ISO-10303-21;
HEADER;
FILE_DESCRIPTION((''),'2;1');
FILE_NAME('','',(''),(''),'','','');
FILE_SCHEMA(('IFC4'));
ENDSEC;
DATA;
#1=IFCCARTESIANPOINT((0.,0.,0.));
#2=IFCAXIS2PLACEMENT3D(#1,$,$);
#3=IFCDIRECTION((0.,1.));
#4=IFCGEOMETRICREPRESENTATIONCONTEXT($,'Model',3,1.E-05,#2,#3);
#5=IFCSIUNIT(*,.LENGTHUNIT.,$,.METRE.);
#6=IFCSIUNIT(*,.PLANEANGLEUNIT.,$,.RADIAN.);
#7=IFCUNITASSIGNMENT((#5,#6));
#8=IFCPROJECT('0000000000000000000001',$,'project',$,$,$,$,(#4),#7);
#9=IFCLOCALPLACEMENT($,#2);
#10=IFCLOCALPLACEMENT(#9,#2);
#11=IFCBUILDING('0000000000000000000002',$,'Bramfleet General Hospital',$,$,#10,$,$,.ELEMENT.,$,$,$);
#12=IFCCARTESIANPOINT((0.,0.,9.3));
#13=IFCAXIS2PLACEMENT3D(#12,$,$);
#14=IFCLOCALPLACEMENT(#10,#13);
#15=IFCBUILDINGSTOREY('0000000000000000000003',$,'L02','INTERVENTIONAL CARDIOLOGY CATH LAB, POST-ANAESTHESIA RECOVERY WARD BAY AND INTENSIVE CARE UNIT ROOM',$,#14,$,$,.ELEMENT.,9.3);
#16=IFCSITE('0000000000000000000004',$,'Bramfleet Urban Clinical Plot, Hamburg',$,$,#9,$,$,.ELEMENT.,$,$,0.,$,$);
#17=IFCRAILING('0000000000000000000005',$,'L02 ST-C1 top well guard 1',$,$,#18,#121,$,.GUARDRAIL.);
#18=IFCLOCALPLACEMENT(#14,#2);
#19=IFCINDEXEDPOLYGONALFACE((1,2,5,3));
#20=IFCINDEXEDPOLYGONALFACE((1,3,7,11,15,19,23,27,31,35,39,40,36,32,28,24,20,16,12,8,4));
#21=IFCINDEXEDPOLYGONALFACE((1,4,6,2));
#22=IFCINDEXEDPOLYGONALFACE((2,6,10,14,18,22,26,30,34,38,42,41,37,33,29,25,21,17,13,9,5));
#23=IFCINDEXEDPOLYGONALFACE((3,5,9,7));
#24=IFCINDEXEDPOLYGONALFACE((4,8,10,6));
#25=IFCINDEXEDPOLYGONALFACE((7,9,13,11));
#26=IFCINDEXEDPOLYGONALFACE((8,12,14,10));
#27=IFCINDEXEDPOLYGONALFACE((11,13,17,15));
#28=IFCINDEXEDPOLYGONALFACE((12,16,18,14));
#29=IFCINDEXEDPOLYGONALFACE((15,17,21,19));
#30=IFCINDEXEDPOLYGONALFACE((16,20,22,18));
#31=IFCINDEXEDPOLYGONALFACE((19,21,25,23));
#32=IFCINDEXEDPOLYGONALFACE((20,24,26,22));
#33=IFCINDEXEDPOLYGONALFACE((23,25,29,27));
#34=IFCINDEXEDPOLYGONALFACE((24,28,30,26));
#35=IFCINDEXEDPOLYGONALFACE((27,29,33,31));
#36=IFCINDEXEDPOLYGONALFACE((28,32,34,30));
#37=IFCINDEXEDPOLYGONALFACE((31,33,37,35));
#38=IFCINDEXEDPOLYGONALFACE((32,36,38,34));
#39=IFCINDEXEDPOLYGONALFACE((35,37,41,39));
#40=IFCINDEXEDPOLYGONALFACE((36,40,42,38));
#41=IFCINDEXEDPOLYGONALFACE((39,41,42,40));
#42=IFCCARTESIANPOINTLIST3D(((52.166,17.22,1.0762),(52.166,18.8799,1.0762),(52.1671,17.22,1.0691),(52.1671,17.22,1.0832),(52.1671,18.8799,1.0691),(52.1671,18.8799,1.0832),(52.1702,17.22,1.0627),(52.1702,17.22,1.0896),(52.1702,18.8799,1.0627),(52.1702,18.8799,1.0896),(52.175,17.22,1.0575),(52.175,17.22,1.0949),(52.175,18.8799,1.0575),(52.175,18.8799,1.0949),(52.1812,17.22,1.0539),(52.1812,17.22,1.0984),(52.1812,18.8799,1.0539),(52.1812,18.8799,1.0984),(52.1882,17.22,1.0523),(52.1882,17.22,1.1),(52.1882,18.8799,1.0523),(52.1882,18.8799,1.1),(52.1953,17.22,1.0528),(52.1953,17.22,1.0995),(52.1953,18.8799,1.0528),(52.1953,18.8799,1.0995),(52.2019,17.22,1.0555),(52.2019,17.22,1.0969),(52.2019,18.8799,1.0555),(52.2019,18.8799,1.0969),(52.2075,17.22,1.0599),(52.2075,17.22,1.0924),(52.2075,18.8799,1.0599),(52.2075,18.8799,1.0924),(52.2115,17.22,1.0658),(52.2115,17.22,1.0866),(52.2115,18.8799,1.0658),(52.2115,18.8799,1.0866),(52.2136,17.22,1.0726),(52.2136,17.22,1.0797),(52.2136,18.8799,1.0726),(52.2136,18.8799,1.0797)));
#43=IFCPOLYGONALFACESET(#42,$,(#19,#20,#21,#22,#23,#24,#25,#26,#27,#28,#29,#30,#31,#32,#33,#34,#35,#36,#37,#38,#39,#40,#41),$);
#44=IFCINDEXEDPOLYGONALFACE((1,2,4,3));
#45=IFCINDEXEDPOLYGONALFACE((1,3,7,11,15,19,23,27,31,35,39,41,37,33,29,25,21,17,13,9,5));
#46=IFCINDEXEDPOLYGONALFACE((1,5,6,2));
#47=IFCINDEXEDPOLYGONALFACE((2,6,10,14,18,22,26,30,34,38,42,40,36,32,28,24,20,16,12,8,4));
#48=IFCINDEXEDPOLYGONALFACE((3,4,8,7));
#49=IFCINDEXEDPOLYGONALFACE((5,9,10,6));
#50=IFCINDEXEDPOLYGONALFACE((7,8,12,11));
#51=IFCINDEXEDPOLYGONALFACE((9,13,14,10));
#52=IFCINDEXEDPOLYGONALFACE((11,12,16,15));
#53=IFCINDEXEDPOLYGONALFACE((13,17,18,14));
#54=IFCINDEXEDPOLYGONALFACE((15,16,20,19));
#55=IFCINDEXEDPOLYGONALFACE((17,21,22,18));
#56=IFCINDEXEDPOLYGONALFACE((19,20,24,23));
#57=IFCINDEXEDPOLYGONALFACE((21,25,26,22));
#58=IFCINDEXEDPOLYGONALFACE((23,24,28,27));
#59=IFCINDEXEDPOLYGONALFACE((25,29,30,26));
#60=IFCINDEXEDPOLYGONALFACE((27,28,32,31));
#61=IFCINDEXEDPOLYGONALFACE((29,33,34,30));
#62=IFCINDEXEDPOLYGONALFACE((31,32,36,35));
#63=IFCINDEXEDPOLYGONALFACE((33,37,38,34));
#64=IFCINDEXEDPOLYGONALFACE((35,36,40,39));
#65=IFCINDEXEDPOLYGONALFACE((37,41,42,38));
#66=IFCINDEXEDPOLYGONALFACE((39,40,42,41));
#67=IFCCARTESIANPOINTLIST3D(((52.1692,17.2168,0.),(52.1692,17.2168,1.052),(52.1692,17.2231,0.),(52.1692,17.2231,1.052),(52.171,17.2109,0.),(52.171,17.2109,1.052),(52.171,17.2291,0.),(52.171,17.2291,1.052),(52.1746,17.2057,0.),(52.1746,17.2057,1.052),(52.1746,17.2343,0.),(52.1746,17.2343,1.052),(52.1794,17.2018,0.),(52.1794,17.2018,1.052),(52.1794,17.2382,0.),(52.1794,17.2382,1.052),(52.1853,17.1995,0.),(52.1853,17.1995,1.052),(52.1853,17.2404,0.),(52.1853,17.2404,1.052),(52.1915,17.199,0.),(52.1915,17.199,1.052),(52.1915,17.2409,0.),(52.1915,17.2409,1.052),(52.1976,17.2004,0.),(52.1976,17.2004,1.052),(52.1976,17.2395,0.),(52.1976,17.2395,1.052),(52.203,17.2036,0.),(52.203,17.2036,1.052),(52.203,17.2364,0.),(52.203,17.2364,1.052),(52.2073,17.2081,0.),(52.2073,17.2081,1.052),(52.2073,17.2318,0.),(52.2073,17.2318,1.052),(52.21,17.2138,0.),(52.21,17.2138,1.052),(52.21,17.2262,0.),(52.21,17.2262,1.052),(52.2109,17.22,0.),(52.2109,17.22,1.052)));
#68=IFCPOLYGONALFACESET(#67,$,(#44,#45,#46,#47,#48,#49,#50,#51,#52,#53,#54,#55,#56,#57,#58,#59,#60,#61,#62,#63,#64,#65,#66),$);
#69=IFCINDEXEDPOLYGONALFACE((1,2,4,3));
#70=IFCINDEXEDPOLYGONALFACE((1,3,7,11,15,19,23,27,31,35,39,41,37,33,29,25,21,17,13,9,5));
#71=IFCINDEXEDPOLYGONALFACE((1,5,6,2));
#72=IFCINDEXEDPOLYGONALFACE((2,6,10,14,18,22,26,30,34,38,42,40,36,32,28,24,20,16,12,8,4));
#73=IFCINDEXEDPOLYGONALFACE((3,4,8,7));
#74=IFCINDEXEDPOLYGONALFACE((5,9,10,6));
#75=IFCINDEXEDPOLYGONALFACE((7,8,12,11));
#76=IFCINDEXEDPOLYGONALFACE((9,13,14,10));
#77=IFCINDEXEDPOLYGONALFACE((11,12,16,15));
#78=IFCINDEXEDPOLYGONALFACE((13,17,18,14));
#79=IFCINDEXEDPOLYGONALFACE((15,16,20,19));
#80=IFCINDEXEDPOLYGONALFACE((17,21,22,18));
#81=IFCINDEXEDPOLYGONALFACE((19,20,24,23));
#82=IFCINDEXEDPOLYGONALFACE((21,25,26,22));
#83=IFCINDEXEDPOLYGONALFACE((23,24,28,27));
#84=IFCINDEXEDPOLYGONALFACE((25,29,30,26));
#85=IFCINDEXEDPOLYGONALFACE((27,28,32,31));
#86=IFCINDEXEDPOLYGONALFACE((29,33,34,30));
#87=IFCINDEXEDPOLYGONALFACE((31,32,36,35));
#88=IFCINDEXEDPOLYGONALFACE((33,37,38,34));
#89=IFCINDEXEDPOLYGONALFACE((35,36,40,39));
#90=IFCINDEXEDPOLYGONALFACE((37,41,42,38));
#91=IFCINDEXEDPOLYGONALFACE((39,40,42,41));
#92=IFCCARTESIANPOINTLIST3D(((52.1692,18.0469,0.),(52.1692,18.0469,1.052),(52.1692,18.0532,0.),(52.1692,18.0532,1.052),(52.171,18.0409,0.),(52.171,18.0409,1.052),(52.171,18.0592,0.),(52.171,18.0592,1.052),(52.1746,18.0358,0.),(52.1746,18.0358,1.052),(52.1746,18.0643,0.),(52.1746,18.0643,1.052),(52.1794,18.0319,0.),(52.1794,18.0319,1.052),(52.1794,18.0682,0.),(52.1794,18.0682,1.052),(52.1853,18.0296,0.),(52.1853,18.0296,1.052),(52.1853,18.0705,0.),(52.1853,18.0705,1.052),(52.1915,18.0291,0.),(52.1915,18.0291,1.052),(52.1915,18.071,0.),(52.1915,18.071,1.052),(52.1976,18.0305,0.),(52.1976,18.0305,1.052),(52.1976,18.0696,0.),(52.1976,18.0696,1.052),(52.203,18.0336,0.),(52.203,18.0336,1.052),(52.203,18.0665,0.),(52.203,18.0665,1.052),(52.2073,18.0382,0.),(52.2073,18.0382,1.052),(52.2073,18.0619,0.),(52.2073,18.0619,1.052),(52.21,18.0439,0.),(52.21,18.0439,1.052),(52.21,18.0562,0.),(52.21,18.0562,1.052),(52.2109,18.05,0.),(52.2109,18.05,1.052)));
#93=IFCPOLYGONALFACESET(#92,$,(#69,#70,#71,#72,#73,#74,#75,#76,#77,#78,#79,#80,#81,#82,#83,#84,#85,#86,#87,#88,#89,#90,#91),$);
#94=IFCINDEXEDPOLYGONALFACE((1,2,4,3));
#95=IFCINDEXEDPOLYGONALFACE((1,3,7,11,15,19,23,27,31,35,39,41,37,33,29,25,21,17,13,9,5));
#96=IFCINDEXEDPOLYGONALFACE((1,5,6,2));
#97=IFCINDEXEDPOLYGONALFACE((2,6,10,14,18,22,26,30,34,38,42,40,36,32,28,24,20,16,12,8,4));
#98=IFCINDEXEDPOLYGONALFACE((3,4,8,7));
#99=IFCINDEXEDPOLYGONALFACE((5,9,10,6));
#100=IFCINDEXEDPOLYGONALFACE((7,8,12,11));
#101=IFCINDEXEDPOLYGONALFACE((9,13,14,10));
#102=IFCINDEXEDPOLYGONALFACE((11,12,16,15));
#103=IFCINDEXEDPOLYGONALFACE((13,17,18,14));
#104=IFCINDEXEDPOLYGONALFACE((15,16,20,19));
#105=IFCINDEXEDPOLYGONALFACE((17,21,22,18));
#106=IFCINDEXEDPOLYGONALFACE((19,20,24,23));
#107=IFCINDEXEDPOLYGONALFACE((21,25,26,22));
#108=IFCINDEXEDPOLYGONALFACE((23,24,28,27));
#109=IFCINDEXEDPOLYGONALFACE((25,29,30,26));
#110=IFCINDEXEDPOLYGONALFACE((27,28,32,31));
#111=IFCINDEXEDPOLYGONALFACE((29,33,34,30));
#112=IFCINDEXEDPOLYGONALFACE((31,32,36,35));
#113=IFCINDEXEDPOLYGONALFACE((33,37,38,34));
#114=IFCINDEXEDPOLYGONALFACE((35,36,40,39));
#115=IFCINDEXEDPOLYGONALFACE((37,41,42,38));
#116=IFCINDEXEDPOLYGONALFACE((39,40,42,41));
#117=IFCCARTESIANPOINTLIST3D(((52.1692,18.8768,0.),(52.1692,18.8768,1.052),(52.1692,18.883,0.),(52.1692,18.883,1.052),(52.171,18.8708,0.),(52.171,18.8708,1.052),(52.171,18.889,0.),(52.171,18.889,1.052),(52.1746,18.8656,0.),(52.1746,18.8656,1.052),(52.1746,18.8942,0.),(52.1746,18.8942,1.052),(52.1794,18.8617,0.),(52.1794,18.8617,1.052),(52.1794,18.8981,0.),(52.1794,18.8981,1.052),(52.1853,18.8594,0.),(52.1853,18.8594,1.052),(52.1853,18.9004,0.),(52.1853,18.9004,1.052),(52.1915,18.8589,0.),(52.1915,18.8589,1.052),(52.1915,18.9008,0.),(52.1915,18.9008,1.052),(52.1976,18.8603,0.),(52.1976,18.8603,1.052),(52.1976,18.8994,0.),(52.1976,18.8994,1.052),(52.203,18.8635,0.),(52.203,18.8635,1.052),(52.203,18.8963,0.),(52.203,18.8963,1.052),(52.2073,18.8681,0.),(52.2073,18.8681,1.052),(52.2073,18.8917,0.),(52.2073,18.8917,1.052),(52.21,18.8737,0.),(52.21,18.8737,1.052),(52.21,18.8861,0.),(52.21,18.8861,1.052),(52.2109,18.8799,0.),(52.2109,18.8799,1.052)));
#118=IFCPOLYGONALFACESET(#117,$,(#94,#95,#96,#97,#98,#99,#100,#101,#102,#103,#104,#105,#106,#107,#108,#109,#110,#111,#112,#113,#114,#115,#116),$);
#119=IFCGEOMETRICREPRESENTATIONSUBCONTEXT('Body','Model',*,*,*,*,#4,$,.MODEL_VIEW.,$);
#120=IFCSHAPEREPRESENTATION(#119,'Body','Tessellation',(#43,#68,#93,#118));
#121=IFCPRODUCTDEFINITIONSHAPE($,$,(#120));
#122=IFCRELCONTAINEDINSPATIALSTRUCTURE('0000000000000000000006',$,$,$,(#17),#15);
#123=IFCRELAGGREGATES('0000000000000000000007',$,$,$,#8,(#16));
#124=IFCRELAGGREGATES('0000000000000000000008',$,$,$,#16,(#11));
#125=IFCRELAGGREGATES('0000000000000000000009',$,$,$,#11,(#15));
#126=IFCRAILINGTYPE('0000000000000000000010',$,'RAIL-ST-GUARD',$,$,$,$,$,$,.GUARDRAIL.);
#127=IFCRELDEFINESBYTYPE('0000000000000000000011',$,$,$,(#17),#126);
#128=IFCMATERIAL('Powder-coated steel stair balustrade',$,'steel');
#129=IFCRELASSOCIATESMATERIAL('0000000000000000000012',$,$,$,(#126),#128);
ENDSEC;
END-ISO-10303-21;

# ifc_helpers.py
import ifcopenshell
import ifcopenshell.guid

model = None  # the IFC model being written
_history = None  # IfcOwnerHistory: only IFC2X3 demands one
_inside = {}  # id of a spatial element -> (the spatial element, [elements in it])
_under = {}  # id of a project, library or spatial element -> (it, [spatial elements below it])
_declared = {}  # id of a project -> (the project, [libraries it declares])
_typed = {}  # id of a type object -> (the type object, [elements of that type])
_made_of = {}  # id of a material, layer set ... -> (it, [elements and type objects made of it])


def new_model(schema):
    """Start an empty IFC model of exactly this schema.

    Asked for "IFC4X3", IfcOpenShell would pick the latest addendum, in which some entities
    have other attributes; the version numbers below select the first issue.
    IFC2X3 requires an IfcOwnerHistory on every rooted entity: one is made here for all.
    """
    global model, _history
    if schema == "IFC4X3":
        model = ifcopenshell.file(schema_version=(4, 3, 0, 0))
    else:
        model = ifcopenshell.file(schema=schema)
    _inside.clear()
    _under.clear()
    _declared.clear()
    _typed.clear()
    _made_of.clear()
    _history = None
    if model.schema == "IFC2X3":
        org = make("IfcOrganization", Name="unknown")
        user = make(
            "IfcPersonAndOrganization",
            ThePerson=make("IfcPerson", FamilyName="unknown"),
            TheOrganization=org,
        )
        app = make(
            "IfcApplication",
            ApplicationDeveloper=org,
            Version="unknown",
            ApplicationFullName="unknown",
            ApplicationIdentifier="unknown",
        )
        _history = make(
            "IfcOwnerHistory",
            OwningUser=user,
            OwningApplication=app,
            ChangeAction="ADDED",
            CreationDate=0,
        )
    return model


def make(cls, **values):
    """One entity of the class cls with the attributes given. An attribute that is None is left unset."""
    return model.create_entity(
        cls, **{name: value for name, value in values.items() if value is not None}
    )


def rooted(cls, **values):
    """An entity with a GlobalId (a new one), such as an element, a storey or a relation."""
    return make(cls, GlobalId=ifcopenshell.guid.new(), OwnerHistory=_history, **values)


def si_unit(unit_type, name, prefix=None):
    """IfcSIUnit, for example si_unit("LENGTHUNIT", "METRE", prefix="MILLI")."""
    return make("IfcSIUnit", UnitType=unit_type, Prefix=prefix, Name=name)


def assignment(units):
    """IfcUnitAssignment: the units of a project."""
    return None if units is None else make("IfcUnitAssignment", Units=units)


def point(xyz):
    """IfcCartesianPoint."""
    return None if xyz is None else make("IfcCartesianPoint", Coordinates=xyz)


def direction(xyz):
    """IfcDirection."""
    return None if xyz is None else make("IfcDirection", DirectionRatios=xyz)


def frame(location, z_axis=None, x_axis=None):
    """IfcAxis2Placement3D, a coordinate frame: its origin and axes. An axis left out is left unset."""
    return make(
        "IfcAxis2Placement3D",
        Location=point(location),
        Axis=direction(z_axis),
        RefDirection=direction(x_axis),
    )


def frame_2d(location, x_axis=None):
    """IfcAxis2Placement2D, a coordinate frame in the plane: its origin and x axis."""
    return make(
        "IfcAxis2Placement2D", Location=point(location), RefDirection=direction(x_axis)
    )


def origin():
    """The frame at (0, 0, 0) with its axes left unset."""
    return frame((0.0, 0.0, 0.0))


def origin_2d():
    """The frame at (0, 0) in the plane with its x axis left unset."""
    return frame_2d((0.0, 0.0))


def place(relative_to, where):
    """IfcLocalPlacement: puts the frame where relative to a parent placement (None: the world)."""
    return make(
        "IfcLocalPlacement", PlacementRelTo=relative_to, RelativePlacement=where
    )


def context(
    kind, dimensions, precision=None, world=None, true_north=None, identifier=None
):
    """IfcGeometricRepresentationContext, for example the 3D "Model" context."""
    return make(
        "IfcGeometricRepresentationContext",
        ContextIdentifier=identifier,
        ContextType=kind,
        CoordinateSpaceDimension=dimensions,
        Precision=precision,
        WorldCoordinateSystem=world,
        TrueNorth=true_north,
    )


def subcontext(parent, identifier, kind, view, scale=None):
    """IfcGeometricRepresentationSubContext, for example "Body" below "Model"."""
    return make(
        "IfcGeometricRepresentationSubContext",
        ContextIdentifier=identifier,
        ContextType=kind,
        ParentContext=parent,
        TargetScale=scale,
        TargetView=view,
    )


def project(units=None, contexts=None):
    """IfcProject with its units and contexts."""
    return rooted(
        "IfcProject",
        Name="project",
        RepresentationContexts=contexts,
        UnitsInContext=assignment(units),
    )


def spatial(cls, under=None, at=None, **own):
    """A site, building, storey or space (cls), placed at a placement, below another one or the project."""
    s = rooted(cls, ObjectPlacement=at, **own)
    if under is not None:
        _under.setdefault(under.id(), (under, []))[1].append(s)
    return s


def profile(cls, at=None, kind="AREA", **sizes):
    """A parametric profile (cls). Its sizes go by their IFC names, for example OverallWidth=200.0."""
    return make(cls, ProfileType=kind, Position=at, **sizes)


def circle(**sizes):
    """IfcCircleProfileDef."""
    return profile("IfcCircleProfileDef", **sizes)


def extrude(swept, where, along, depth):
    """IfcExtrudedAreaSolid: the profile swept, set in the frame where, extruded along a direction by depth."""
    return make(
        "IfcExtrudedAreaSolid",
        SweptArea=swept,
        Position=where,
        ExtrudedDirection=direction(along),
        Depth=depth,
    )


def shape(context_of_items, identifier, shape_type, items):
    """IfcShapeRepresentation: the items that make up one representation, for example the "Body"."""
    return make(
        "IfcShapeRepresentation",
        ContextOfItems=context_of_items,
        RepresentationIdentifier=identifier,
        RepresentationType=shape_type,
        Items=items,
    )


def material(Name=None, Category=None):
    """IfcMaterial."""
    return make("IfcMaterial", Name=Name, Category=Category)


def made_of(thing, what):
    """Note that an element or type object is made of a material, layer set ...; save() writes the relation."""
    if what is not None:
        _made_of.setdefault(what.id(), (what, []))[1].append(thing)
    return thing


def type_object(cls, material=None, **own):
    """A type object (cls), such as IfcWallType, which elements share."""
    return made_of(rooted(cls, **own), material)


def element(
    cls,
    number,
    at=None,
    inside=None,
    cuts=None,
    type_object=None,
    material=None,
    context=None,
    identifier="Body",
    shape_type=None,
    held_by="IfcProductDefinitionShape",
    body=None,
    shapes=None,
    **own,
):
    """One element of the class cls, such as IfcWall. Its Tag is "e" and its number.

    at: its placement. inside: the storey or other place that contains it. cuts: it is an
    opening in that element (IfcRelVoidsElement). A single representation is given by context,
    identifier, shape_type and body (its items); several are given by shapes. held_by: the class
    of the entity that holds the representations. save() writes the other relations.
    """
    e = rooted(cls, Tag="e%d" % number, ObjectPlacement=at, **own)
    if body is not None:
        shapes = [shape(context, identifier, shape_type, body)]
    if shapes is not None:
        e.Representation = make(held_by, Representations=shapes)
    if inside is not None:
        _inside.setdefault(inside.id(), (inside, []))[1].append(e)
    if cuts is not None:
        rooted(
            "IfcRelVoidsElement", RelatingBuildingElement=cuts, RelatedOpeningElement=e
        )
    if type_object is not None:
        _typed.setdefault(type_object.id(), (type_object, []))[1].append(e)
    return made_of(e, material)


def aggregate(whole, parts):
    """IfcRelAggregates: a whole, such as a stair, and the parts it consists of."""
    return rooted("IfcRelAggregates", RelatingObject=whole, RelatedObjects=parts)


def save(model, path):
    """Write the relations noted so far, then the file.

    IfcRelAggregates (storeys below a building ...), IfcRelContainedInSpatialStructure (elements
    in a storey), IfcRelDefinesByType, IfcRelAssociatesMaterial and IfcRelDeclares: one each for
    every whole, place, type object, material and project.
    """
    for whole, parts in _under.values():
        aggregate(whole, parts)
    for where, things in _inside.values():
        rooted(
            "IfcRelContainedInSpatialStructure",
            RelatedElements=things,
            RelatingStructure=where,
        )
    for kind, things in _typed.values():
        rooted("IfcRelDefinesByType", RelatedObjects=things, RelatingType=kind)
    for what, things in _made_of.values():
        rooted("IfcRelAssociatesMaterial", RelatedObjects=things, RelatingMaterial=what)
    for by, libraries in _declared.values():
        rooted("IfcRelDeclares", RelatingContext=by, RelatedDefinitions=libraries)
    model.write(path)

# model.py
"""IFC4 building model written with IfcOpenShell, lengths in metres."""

from ifc_helpers import new_model, si_unit, direction, frame, origin, origin_2d, place, context, subcontext, project, spatial, circle, extrude, material, type_object, element, save


model = new_model("IFC4")

# Units and contexts
model_context = context("Model", 3, precision=1e-05, world=origin(), true_north=direction((0.0, 1.0)))
body_context = subcontext(model_context, "Body", "Model", "MODEL_VIEW")
ifc_project = project(units=[si_unit("LENGTHUNIT", "METRE"), si_unit("PLANEANGLEUNIT", "RADIAN")], contexts=[model_context])

# Site, building, storey
site_placement = place(None, origin())
site = spatial("IfcSite", under=ifc_project, at=site_placement, Name="Bramfleet Urban Clinical Plot, Hamburg", CompositionType="ELEMENT", RefElevation=0.0)
building_placement = place(site_placement, origin())
building = spatial("IfcBuilding", under=site, at=building_placement, Name="Bramfleet General Hospital", CompositionType="ELEMENT")
storey_placement = place(building_placement, frame((0.0, 0.0, 9.3)))
storey = spatial("IfcBuildingStorey", under=building, at=storey_placement, Name="L02", Description="INTERVENTIONAL CARDIOLOGY CATH LAB, POST-ANAESTHESIA RECOVERY WARD BAY AND INTENSIVE CARE UNIT ROOM", CompositionType="ELEMENT", Elevation=9.3)

# Railing
ifc_material_1 = material(Name="Powder-coated steel stair balustrade", Category="steel")
railing_type_1 = type_object("IfcRailingType", Name="RAIL-ST-GUARD", PredefinedType="GUARDRAIL", material=ifc_material_1)
railing_1_placement = place(storey_placement, frame((52.1899, 17.22, 0.0)))
element("IfcRailing", 1, at=railing_1_placement, inside=storey, type_object=railing_type_1, Name="L02 ST-C1 top well guard 1", PredefinedType="GUARDRAIL", context=body_context, shape_type="SweptSolid", body=[
    extrude(circle(Radius=0.0239, at=origin_2d()), frame((0.0, 0.0, 1.0762), z_axis=(0.0, 1.0, 0.0), x_axis=(-1.0, 0.0, 0.0)), (0.0, 0.0, 1.0), 1.6599),
    extrude(circle(Radius=0.021, at=origin_2d()), origin(), (0.0, 0.0, 1.0), 1.052),
    extrude(circle(Radius=0.021, at=origin_2d()), frame((0.0, 0.8301, 0.0)), (0.0, 0.0, 1.0), 1.052),
    extrude(circle(Radius=0.021, at=origin_2d()), frame((0.0, 1.6599, 0.0)), (0.0, 0.0, 1.0), 1.052),
])

save(model, "model.ifc")
